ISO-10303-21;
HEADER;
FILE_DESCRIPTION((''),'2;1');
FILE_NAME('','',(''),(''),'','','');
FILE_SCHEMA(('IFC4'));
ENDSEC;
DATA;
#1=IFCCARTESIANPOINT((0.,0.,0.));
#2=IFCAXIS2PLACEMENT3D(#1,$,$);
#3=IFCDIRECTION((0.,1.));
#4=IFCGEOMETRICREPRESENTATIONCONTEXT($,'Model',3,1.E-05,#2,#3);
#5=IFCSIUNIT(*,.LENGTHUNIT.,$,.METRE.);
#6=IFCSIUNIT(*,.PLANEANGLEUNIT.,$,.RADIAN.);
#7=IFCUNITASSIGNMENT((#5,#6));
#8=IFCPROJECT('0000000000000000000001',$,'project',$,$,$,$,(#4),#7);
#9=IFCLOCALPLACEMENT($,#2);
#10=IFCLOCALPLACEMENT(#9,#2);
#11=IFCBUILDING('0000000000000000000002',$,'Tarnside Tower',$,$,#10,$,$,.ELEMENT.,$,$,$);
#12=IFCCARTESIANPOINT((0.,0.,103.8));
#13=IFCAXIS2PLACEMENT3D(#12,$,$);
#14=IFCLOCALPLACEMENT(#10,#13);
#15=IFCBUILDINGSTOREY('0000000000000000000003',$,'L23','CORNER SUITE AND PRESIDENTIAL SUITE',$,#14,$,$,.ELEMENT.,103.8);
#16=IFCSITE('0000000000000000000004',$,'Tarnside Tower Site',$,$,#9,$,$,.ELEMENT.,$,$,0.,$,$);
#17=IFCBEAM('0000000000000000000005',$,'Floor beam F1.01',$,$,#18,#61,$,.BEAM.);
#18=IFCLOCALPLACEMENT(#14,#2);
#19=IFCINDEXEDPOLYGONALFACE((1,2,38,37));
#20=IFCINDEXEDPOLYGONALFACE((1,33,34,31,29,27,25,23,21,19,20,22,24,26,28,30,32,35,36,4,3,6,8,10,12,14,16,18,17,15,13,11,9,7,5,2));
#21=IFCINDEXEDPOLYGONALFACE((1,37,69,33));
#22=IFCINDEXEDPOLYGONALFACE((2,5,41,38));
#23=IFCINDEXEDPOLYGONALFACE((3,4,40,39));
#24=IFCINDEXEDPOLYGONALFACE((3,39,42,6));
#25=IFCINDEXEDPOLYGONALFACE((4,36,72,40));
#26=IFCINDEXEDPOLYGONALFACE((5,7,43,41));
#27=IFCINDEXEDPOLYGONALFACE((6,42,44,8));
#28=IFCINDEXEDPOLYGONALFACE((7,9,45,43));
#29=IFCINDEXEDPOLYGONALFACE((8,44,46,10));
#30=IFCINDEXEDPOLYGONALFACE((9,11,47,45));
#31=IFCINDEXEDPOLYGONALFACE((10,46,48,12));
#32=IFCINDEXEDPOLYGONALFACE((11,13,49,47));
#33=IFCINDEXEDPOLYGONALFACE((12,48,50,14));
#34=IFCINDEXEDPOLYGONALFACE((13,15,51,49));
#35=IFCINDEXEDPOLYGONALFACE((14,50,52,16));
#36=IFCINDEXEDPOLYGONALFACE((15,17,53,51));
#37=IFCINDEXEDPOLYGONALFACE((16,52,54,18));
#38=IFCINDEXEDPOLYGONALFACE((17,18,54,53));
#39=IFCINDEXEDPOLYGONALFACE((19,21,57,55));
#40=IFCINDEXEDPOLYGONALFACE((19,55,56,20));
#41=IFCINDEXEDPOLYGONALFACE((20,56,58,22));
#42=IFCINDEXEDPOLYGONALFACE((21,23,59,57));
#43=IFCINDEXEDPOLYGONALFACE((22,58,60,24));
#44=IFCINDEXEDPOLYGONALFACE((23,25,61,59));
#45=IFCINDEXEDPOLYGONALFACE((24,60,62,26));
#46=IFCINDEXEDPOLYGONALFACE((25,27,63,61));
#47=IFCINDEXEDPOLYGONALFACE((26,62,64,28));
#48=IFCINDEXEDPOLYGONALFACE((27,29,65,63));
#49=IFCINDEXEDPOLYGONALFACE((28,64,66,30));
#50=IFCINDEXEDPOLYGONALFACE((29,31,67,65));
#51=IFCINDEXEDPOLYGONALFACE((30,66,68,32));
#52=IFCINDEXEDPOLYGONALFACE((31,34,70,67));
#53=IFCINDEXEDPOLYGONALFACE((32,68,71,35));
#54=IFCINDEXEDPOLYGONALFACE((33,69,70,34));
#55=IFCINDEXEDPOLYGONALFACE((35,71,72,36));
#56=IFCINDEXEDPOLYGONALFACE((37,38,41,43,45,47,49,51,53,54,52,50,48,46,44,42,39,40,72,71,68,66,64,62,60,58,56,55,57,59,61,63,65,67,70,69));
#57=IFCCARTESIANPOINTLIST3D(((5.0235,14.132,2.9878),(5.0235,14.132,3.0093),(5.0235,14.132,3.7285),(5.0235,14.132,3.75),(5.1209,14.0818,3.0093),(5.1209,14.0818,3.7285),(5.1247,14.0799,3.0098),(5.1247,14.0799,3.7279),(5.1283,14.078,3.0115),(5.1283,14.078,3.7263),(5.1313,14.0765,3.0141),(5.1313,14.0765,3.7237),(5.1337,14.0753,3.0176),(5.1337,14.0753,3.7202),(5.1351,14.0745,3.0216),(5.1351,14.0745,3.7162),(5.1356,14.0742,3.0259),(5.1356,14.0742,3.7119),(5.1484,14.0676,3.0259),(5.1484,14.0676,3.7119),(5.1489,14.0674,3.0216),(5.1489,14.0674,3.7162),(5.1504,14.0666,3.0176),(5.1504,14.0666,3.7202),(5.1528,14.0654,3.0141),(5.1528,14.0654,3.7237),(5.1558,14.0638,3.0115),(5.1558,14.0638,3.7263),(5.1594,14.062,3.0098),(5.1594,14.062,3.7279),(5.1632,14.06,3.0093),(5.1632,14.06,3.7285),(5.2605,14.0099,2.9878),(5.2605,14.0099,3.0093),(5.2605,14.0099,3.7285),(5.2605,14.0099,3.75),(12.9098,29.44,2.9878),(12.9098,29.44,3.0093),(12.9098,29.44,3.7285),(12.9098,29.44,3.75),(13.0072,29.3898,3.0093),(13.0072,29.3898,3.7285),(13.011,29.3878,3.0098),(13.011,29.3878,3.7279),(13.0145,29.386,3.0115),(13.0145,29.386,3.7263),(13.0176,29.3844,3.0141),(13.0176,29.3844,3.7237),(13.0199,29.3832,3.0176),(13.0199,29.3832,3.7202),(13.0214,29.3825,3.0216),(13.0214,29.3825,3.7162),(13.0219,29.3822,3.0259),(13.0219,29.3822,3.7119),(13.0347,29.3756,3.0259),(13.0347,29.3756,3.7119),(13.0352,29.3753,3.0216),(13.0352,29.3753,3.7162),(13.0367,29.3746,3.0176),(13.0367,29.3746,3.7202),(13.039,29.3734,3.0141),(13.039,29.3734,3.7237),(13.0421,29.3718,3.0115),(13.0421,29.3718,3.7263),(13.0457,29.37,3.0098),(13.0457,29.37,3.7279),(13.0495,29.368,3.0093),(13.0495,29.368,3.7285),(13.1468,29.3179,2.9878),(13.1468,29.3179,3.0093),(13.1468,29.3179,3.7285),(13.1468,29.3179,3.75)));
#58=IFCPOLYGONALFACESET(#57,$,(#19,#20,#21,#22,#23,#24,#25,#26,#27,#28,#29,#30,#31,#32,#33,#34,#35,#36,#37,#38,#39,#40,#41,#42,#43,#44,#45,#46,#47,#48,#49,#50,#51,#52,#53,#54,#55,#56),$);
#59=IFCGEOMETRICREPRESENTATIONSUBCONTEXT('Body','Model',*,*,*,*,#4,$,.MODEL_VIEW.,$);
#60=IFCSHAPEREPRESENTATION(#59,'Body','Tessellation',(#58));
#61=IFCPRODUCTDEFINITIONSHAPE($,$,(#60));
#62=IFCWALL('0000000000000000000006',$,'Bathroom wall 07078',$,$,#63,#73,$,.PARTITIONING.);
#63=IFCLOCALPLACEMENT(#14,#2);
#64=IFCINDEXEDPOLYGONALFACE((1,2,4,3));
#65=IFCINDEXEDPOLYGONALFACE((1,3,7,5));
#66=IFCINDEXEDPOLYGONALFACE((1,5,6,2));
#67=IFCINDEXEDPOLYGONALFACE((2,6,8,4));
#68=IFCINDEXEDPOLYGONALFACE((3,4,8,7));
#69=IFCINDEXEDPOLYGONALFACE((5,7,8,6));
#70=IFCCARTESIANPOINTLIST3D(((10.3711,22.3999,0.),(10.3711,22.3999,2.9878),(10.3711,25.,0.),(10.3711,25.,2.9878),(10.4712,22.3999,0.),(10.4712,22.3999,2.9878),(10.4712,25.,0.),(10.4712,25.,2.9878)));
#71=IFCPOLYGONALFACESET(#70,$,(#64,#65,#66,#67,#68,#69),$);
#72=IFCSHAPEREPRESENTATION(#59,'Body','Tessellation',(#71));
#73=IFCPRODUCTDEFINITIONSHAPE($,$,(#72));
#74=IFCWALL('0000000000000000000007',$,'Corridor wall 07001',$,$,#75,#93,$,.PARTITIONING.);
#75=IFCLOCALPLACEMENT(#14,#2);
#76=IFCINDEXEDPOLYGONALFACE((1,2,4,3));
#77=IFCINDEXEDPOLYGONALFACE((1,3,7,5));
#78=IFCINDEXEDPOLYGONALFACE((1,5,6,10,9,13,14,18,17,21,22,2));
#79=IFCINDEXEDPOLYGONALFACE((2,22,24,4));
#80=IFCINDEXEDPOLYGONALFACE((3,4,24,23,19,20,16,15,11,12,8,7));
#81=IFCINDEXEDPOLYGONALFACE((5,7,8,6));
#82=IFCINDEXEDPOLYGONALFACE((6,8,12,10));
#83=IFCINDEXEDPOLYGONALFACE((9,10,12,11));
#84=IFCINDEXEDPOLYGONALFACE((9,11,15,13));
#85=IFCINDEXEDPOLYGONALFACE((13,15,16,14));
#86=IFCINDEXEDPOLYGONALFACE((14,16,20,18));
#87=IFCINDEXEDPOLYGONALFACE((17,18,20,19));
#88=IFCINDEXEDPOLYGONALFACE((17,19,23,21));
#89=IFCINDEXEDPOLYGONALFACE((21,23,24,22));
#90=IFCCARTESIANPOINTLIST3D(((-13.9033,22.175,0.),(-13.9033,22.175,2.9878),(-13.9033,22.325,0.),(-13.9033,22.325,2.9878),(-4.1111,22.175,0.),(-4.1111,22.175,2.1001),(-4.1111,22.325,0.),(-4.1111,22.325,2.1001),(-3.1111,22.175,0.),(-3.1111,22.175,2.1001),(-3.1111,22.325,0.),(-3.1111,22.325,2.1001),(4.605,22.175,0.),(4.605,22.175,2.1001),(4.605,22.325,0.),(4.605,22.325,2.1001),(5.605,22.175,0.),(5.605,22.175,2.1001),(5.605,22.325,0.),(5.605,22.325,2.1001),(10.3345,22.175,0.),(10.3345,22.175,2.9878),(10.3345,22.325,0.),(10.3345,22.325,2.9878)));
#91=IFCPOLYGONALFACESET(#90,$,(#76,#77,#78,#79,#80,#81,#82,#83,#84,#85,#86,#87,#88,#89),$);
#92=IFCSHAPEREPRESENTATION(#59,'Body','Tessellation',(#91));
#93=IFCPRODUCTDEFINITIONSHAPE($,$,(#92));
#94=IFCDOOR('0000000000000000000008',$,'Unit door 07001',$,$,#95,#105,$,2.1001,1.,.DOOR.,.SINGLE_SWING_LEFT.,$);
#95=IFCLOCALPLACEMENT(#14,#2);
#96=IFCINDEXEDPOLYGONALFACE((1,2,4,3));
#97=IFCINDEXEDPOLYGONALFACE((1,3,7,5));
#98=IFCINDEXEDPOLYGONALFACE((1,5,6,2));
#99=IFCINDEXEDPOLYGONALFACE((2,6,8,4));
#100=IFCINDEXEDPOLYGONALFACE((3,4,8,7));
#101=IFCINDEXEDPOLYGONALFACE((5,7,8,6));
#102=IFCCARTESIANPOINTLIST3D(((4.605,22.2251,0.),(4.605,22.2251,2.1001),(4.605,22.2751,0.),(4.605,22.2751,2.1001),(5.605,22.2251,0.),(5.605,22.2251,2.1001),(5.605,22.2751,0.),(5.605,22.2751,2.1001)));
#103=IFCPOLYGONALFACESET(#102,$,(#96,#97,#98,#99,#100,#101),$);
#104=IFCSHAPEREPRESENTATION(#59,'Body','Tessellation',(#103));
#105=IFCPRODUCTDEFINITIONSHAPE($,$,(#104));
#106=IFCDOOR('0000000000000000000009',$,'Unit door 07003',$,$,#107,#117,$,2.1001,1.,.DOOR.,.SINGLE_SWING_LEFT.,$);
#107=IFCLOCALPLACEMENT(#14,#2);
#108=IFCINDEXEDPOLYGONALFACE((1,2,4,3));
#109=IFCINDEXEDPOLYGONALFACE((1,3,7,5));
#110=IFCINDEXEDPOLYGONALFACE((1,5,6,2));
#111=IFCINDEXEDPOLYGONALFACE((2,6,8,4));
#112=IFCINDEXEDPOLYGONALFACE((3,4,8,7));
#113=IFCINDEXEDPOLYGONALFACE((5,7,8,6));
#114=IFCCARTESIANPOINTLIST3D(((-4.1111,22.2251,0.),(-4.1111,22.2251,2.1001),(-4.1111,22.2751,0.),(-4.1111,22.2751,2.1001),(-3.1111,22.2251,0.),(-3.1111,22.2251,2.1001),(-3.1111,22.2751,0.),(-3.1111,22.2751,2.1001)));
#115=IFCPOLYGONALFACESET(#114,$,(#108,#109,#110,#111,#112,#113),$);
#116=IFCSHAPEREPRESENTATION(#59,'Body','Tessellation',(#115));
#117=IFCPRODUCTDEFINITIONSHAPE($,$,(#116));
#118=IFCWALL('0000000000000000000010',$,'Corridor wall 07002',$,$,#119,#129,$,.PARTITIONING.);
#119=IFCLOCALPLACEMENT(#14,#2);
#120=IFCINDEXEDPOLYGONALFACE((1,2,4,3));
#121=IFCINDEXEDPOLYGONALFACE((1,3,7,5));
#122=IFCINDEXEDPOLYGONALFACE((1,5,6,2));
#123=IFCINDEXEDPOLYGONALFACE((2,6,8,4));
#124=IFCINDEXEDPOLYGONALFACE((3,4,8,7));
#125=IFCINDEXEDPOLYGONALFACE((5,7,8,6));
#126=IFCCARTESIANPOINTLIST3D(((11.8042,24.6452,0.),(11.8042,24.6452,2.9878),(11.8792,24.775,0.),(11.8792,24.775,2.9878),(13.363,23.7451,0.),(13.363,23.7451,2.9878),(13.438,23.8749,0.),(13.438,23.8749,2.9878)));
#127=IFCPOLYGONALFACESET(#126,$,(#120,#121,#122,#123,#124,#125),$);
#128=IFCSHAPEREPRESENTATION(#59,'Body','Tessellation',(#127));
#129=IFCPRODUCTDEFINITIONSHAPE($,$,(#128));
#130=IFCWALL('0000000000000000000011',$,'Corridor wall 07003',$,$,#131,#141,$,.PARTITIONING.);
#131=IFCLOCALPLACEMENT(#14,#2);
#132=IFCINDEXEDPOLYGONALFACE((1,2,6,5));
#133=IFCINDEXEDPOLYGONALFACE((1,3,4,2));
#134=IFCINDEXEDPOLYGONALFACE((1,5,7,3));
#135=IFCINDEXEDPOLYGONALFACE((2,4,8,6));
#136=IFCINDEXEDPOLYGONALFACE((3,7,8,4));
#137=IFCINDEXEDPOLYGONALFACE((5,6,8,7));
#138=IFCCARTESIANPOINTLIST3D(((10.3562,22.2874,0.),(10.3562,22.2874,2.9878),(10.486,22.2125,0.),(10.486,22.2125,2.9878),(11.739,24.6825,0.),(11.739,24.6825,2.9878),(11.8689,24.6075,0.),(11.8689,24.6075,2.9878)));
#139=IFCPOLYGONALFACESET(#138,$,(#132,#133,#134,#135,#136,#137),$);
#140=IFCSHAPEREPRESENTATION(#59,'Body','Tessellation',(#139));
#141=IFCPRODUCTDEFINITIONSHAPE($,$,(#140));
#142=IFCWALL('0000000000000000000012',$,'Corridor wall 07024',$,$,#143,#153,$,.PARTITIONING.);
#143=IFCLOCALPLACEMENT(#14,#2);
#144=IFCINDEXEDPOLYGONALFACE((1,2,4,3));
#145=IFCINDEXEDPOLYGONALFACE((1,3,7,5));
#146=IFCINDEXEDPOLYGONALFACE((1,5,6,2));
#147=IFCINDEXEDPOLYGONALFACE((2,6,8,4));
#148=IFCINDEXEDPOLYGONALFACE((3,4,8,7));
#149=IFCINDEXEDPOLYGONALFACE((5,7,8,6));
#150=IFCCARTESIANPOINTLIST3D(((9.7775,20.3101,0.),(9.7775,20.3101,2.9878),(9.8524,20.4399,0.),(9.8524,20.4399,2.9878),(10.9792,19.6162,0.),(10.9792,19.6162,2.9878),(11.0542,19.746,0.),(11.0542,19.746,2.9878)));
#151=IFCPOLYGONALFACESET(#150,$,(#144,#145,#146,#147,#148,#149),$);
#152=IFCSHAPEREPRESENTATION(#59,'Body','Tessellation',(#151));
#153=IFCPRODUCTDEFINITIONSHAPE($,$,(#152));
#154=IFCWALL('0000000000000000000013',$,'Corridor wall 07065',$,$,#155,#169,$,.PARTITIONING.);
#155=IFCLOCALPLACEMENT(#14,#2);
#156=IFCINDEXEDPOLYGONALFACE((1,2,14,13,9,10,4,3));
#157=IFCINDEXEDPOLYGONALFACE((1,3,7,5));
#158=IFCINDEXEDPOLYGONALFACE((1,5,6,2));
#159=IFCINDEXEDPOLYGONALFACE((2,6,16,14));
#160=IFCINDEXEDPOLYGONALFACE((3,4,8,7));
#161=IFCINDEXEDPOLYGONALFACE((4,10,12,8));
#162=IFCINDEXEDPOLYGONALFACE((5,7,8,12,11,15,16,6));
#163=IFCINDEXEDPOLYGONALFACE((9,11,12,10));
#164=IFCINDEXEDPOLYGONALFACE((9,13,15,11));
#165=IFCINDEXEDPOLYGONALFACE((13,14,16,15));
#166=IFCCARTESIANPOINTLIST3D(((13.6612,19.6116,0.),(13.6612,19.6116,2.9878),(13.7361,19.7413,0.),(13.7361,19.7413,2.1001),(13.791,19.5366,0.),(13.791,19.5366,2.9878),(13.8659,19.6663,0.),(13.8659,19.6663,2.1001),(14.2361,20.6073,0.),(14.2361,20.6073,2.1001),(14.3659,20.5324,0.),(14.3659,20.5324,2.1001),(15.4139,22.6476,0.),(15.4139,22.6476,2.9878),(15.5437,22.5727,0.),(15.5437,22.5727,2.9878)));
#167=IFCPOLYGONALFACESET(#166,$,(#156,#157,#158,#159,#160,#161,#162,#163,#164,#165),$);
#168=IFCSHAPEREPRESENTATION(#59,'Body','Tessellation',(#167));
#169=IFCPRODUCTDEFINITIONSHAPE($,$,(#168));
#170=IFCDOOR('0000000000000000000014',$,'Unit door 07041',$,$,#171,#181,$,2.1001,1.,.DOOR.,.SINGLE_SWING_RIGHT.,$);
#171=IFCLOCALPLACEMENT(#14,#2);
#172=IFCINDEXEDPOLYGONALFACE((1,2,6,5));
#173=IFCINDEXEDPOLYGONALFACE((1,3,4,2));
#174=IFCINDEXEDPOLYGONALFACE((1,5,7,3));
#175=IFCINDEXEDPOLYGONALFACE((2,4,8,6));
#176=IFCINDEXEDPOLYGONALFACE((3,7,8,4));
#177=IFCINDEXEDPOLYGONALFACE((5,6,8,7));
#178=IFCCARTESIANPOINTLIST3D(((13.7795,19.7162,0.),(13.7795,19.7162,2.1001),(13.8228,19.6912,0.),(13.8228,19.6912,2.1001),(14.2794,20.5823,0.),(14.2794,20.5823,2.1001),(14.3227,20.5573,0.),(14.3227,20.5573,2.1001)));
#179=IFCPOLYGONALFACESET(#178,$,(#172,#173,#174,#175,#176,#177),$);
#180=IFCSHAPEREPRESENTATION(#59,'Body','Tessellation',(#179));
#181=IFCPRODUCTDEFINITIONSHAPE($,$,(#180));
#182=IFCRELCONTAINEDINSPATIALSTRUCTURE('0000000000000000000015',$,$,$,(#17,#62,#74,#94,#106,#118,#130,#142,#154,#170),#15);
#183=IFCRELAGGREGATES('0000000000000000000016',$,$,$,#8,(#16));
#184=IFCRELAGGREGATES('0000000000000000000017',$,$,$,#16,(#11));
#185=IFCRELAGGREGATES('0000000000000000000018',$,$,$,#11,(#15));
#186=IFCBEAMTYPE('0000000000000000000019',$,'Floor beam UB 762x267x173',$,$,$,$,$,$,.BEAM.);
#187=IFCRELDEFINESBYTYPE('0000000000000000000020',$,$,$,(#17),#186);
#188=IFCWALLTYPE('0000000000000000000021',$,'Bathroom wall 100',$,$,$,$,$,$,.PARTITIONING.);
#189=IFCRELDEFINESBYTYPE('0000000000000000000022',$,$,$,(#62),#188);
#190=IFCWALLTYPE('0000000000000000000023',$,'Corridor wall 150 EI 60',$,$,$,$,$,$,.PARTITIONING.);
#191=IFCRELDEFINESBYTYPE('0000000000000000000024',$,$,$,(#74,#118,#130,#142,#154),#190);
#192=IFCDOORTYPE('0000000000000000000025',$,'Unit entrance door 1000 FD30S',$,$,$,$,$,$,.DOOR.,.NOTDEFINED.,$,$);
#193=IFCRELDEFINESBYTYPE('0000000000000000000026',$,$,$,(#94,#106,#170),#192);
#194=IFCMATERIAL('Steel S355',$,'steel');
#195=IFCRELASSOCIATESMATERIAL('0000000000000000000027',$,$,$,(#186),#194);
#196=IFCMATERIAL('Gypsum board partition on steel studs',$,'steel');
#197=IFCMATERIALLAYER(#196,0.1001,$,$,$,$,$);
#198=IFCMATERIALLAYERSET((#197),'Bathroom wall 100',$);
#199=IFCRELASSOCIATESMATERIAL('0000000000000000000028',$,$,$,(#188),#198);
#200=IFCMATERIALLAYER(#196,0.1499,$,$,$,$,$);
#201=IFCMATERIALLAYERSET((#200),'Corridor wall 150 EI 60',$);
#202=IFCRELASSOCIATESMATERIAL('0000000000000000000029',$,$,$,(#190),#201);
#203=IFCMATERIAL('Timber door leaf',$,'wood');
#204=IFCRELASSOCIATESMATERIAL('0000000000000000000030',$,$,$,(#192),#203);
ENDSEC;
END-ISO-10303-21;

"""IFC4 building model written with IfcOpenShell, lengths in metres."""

from ifc_helpers import new_model, si_unit, direction, frame, frame_2d, origin, origin_2d, place, context, subcontext, project, spatial, rectangle, i_section, extrude, material, layer, layer_set, material_profile, profile_set, type_object, element, fill, save


model = new_model("IFC4")

# Units and contexts
model_context = context("Model", 3, precision=1e-05, world=origin(), true_north=direction((0.0, 1.0)))
body_context = subcontext(model_context, "Body", "Model", "MODEL_VIEW")
ifc_project = project(units=[si_unit("LENGTHUNIT", "METRE"), si_unit("PLANEANGLEUNIT", "RADIAN")], contexts=[model_context])

# Site, building, storey
site_placement = place(None, origin())
site = spatial("IfcSite", under=ifc_project, at=site_placement, Name="Tarnside Tower Site", CompositionType="ELEMENT", RefElevation=0.0)
building_placement = place(site_placement, origin())
building = spatial("IfcBuilding", under=site, at=building_placement, Name="Tarnside Tower", CompositionType="ELEMENT")
storey_placement = place(building_placement, frame((0.0, 0.0, 103.8)))
storey = spatial("IfcBuildingStorey", under=building, at=storey_placement, Name="L23", Description="CORNER SUITE AND PRESIDENTIAL SUITE", CompositionType="ELEMENT", Elevation=103.8)

# Beam
ifc_material_1 = material(Name="Steel S355", Category="steel")
ifc_material_profile = material_profile(ifc_material_1, i_section(OverallWidth=0.2666, OverallDepth=0.7622, WebThickness=0.0144, FlangeThickness=0.0215, FilletRadius=0.0166, at=origin_2d()), Name="UB 762x267x173")
ifc_profile_set = profile_set([ifc_material_profile], Name="Steel S355")
beam_type = type_object("IfcBeamType", Name="Floor beam UB 762x267x173", PredefinedType="BEAM", material=ifc_profile_set)
beam_placement = place(storey_placement, frame((13.0283, 29.3789, 3.3689), z_axis=(-0.457973, -0.888966, 0.0), x_axis=(0.888966, -0.457973, 0.0)))
element("IfcBeam", 1, at=beam_placement, inside=storey, type_object=beam_type, Name="Floor beam F1.01", PredefinedType="BEAM", context=body_context, shape_type="SweptSolid", body=[
    extrude(i_section(OverallWidth=0.2666, OverallDepth=0.7622, WebThickness=0.0144, FlangeThickness=0.0215, FilletRadius=0.0166, at=origin_2d()), origin(), (0.0, 0.0, 1.0), 17.22),
])

# Wall
ifc_material_2 = material(Name="Gypsum board partition on steel studs", Category="steel")
ifc_layer_1 = layer(ifc_material_2, 0.1001)
ifc_layer_set_1 = layer_set([ifc_layer_1], Name="Bathroom wall 100")
wall_type_1 = type_object("IfcWallType", Name="Bathroom wall 100", PredefinedType="PARTITIONING", material=ifc_layer_set_1)
wall_1_placement = place(storey_placement, frame((10.4211, 25.0, 0.0), z_axis=(0.0, 0.0, 1.0), x_axis=(0.0, -1.0, 0.0)))
element("IfcWall", 2, at=wall_1_placement, inside=storey, type_object=wall_type_1, Name="Bathroom wall 07078", PredefinedType="PARTITIONING", context=body_context, shape_type="SweptSolid", body=[
    extrude(rectangle(XDim=2.6001, YDim=0.1001, at=frame_2d((1.3, 0.0))), origin(), (0.0, 0.0, 1.0), 2.9878),
])

# Wall, openings, doors
ifc_layer_2 = layer(ifc_material_2, 0.1499)
ifc_layer_set_2 = layer_set([ifc_layer_2], Name="Corridor wall 150 EI 60")
wall_type_2 = type_object("IfcWallType", Name="Corridor wall 150 EI 60", PredefinedType="PARTITIONING", material=ifc_layer_set_2)
wall_2_placement = place(storey_placement, frame((10.3345, 22.25, 0.0), z_axis=(0.0, 0.0, 1.0), x_axis=(-1.0, 0.0, 0.0)))
wall_2 = element("IfcWall", 3, at=wall_2_placement, inside=storey, type_object=wall_type_2, Name="Corridor wall 07001", PredefinedType="PARTITIONING", context=body_context, shape_type="SweptSolid", body=[
    extrude(rectangle(XDim=24.2378, YDim=0.1499, at=frame_2d((12.1189, 0.0))), origin(), (0.0, 0.0, 1.0), 2.9878),
])
opening_1_placement = place(wall_2_placement, frame((4.7295, 0.0, 0.0)))
opening_1 = element("IfcOpeningElement", 4, at=opening_1_placement, cuts=wall_2, PredefinedType="OPENING", context=body_context, shape_type="SweptSolid", body=[
    extrude(rectangle(XDim=1.0, YDim=2.1001, at=frame_2d((0.5, 1.05))), frame((0.0, 0.085, 0.0), z_axis=(0.0, -1.0, 0.0), x_axis=(1.0, 0.0, 0.0)), (0.0, 0.0, 1.0), 0.1699),
])
opening_2_placement = place(wall_2_placement, frame((13.4456, 0.0, 0.0)))
opening_2 = element("IfcOpeningElement", 5, at=opening_2_placement, cuts=wall_2, PredefinedType="OPENING", context=body_context, shape_type="SweptSolid", body=[
    extrude(rectangle(XDim=1.0, YDim=2.1001, at=frame_2d((0.5, 1.05))), frame((0.0, 0.085, 0.0), z_axis=(0.0, -1.0, 0.0), x_axis=(1.0, 0.0, 0.0)), (0.0, 0.0, 1.0), 0.1699),
])
ifc_material_3 = material(Name="Timber door leaf", Category="wood")
door_type_1 = type_object("IfcDoorType", Name="Unit entrance door 1000 FD30S", OperationType="NOTDEFINED", PredefinedType="DOOR", material=ifc_material_3)
door_1_placement = place(opening_1_placement, origin())
door_1 = element("IfcDoor", 6, at=door_1_placement, inside=storey, type_object=door_type_1, Name="Unit door 07001", OperationType="SINGLE_SWING_LEFT", OverallHeight=2.1001, OverallWidth=1.0, PredefinedType="DOOR", context=body_context, shape_type="SweptSolid", body=[
    extrude(rectangle(XDim=1.0, YDim=2.1001, at=frame_2d((0.5, 1.05))), frame((0.0, 0.0249, 0.0), z_axis=(0.0, -1.0, 0.0), x_axis=(1.0, 0.0, 0.0)), (0.0, 0.0, 1.0), 0.05),
])
fill(opening_1, door_1)
door_2_placement = place(opening_2_placement, origin())
door_2 = element("IfcDoor", 7, at=door_2_placement, inside=storey, type_object=door_type_1, Name="Unit door 07003", OperationType="SINGLE_SWING_LEFT", OverallHeight=2.1001, OverallWidth=1.0, PredefinedType="DOOR", context=body_context, shape_type="SweptSolid", body=[
    extrude(rectangle(XDim=1.0, YDim=2.1001, at=frame_2d((0.5, 1.05))), frame((0.0, 0.0249, 0.0), z_axis=(0.0, -1.0, 0.0), x_axis=(1.0, 0.0, 0.0)), (0.0, 0.0, 1.0), 0.05),
])
fill(opening_2, door_2)

# Walls
wall_3_placement = place(storey_placement, frame((13.4004, 23.8101, 0.0), z_axis=(0.0, 0.0, 1.0), x_axis=(-0.865989, 0.500063, 0.0)))
element("IfcWall", 8, at=wall_3_placement, inside=storey, type_object=wall_type_2, Name="Corridor wall 07002", PredefinedType="PARTITIONING", context=body_context, shape_type="SweptSolid", body=[
    extrude(rectangle(XDim=1.8, YDim=0.1499, at=frame_2d((0.8999, 0.0))), origin(), (0.0, 0.0, 1.0), 2.9878),
])
wall_4_placement = place(storey_placement, frame((11.804, 24.645, 0.0), z_axis=(0.0, 0.0, 1.0), x_axis=(-0.500013, -0.866018, 0.0)))
element("IfcWall", 9, at=wall_4_placement, inside=storey, type_object=wall_type_2, Name="Corridor wall 07003", PredefinedType="PARTITIONING", context=body_context, shape_type="SweptSolid", body=[
    extrude(rectangle(XDim=2.7656, YDim=0.1499, at=frame_2d((1.3828, 0.0))), origin(), (0.0, 0.0, 1.0), 2.9878),
])
wall_5_placement = place(storey_placement, frame((9.8149, 20.375, 0.0), z_axis=(0.0, 0.0, 1.0), x_axis=(0.866004, -0.500037, 0.0)))
element("IfcWall", 10, at=wall_5_placement, inside=storey, type_object=wall_type_2, Name="Corridor wall 07024", PredefinedType="PARTITIONING", context=body_context, shape_type="SweptSolid", body=[
    extrude(rectangle(XDim=1.3877, YDim=0.1499, at=frame_2d((0.6938, 0.0))), origin(), (0.0, 0.0, 1.0), 2.9878),
])

# Wall, opening, door
wall_6_placement = place(storey_placement, frame((13.7261, 19.574, 0.0), z_axis=(0.0, 0.0, 1.0), x_axis=(0.499952, 0.866053, 0.0)))
wall_6 = element("IfcWall", 11, at=wall_6_placement, inside=storey, type_object=wall_type_2, Name="Corridor wall 07065", PredefinedType="PARTITIONING", context=body_context, shape_type="SweptSolid", body=[
    extrude(rectangle(XDim=3.5056, YDim=0.1499, at=frame_2d((1.7529, 0.0))), origin(), (0.0, 0.0, 1.0), 2.9878),
])
opening_3_placement = place(wall_6_placement, frame((0.1499, 0.0, 0.0)))
opening_3 = element("IfcOpeningElement", 12, at=opening_3_placement, cuts=wall_6, PredefinedType="OPENING", context=body_context, shape_type="SweptSolid", body=[
    extrude(rectangle(XDim=1.0, YDim=2.1001, at=frame_2d((0.5, 1.05))), frame((0.0, 0.085, 0.0), z_axis=(0.0, -1.0, 0.0), x_axis=(1.0, 0.0, 0.0)), (0.0, 0.0, 1.0), 0.1699),
])
door_3_placement = place(opening_3_placement, origin())
door_3 = element("IfcDoor", 13, at=door_3_placement, inside=storey, type_object=door_type_1, Name="Unit door 07041", OperationType="SINGLE_SWING_RIGHT", OverallHeight=2.1001, OverallWidth=1.0, PredefinedType="DOOR", context=body_context, shape_type="SweptSolid", body=[
    extrude(rectangle(XDim=1.0, YDim=2.1001, at=frame_2d((0.5, 1.05))), frame((0.0, 0.0249, 0.0), z_axis=(0.0, -1.0, 0.0), x_axis=(1.0, 0.0, 0.0)), (0.0, 0.0, 1.0), 0.05),
])
fill(opening_3, door_3)

save(model, "model.ifc")
